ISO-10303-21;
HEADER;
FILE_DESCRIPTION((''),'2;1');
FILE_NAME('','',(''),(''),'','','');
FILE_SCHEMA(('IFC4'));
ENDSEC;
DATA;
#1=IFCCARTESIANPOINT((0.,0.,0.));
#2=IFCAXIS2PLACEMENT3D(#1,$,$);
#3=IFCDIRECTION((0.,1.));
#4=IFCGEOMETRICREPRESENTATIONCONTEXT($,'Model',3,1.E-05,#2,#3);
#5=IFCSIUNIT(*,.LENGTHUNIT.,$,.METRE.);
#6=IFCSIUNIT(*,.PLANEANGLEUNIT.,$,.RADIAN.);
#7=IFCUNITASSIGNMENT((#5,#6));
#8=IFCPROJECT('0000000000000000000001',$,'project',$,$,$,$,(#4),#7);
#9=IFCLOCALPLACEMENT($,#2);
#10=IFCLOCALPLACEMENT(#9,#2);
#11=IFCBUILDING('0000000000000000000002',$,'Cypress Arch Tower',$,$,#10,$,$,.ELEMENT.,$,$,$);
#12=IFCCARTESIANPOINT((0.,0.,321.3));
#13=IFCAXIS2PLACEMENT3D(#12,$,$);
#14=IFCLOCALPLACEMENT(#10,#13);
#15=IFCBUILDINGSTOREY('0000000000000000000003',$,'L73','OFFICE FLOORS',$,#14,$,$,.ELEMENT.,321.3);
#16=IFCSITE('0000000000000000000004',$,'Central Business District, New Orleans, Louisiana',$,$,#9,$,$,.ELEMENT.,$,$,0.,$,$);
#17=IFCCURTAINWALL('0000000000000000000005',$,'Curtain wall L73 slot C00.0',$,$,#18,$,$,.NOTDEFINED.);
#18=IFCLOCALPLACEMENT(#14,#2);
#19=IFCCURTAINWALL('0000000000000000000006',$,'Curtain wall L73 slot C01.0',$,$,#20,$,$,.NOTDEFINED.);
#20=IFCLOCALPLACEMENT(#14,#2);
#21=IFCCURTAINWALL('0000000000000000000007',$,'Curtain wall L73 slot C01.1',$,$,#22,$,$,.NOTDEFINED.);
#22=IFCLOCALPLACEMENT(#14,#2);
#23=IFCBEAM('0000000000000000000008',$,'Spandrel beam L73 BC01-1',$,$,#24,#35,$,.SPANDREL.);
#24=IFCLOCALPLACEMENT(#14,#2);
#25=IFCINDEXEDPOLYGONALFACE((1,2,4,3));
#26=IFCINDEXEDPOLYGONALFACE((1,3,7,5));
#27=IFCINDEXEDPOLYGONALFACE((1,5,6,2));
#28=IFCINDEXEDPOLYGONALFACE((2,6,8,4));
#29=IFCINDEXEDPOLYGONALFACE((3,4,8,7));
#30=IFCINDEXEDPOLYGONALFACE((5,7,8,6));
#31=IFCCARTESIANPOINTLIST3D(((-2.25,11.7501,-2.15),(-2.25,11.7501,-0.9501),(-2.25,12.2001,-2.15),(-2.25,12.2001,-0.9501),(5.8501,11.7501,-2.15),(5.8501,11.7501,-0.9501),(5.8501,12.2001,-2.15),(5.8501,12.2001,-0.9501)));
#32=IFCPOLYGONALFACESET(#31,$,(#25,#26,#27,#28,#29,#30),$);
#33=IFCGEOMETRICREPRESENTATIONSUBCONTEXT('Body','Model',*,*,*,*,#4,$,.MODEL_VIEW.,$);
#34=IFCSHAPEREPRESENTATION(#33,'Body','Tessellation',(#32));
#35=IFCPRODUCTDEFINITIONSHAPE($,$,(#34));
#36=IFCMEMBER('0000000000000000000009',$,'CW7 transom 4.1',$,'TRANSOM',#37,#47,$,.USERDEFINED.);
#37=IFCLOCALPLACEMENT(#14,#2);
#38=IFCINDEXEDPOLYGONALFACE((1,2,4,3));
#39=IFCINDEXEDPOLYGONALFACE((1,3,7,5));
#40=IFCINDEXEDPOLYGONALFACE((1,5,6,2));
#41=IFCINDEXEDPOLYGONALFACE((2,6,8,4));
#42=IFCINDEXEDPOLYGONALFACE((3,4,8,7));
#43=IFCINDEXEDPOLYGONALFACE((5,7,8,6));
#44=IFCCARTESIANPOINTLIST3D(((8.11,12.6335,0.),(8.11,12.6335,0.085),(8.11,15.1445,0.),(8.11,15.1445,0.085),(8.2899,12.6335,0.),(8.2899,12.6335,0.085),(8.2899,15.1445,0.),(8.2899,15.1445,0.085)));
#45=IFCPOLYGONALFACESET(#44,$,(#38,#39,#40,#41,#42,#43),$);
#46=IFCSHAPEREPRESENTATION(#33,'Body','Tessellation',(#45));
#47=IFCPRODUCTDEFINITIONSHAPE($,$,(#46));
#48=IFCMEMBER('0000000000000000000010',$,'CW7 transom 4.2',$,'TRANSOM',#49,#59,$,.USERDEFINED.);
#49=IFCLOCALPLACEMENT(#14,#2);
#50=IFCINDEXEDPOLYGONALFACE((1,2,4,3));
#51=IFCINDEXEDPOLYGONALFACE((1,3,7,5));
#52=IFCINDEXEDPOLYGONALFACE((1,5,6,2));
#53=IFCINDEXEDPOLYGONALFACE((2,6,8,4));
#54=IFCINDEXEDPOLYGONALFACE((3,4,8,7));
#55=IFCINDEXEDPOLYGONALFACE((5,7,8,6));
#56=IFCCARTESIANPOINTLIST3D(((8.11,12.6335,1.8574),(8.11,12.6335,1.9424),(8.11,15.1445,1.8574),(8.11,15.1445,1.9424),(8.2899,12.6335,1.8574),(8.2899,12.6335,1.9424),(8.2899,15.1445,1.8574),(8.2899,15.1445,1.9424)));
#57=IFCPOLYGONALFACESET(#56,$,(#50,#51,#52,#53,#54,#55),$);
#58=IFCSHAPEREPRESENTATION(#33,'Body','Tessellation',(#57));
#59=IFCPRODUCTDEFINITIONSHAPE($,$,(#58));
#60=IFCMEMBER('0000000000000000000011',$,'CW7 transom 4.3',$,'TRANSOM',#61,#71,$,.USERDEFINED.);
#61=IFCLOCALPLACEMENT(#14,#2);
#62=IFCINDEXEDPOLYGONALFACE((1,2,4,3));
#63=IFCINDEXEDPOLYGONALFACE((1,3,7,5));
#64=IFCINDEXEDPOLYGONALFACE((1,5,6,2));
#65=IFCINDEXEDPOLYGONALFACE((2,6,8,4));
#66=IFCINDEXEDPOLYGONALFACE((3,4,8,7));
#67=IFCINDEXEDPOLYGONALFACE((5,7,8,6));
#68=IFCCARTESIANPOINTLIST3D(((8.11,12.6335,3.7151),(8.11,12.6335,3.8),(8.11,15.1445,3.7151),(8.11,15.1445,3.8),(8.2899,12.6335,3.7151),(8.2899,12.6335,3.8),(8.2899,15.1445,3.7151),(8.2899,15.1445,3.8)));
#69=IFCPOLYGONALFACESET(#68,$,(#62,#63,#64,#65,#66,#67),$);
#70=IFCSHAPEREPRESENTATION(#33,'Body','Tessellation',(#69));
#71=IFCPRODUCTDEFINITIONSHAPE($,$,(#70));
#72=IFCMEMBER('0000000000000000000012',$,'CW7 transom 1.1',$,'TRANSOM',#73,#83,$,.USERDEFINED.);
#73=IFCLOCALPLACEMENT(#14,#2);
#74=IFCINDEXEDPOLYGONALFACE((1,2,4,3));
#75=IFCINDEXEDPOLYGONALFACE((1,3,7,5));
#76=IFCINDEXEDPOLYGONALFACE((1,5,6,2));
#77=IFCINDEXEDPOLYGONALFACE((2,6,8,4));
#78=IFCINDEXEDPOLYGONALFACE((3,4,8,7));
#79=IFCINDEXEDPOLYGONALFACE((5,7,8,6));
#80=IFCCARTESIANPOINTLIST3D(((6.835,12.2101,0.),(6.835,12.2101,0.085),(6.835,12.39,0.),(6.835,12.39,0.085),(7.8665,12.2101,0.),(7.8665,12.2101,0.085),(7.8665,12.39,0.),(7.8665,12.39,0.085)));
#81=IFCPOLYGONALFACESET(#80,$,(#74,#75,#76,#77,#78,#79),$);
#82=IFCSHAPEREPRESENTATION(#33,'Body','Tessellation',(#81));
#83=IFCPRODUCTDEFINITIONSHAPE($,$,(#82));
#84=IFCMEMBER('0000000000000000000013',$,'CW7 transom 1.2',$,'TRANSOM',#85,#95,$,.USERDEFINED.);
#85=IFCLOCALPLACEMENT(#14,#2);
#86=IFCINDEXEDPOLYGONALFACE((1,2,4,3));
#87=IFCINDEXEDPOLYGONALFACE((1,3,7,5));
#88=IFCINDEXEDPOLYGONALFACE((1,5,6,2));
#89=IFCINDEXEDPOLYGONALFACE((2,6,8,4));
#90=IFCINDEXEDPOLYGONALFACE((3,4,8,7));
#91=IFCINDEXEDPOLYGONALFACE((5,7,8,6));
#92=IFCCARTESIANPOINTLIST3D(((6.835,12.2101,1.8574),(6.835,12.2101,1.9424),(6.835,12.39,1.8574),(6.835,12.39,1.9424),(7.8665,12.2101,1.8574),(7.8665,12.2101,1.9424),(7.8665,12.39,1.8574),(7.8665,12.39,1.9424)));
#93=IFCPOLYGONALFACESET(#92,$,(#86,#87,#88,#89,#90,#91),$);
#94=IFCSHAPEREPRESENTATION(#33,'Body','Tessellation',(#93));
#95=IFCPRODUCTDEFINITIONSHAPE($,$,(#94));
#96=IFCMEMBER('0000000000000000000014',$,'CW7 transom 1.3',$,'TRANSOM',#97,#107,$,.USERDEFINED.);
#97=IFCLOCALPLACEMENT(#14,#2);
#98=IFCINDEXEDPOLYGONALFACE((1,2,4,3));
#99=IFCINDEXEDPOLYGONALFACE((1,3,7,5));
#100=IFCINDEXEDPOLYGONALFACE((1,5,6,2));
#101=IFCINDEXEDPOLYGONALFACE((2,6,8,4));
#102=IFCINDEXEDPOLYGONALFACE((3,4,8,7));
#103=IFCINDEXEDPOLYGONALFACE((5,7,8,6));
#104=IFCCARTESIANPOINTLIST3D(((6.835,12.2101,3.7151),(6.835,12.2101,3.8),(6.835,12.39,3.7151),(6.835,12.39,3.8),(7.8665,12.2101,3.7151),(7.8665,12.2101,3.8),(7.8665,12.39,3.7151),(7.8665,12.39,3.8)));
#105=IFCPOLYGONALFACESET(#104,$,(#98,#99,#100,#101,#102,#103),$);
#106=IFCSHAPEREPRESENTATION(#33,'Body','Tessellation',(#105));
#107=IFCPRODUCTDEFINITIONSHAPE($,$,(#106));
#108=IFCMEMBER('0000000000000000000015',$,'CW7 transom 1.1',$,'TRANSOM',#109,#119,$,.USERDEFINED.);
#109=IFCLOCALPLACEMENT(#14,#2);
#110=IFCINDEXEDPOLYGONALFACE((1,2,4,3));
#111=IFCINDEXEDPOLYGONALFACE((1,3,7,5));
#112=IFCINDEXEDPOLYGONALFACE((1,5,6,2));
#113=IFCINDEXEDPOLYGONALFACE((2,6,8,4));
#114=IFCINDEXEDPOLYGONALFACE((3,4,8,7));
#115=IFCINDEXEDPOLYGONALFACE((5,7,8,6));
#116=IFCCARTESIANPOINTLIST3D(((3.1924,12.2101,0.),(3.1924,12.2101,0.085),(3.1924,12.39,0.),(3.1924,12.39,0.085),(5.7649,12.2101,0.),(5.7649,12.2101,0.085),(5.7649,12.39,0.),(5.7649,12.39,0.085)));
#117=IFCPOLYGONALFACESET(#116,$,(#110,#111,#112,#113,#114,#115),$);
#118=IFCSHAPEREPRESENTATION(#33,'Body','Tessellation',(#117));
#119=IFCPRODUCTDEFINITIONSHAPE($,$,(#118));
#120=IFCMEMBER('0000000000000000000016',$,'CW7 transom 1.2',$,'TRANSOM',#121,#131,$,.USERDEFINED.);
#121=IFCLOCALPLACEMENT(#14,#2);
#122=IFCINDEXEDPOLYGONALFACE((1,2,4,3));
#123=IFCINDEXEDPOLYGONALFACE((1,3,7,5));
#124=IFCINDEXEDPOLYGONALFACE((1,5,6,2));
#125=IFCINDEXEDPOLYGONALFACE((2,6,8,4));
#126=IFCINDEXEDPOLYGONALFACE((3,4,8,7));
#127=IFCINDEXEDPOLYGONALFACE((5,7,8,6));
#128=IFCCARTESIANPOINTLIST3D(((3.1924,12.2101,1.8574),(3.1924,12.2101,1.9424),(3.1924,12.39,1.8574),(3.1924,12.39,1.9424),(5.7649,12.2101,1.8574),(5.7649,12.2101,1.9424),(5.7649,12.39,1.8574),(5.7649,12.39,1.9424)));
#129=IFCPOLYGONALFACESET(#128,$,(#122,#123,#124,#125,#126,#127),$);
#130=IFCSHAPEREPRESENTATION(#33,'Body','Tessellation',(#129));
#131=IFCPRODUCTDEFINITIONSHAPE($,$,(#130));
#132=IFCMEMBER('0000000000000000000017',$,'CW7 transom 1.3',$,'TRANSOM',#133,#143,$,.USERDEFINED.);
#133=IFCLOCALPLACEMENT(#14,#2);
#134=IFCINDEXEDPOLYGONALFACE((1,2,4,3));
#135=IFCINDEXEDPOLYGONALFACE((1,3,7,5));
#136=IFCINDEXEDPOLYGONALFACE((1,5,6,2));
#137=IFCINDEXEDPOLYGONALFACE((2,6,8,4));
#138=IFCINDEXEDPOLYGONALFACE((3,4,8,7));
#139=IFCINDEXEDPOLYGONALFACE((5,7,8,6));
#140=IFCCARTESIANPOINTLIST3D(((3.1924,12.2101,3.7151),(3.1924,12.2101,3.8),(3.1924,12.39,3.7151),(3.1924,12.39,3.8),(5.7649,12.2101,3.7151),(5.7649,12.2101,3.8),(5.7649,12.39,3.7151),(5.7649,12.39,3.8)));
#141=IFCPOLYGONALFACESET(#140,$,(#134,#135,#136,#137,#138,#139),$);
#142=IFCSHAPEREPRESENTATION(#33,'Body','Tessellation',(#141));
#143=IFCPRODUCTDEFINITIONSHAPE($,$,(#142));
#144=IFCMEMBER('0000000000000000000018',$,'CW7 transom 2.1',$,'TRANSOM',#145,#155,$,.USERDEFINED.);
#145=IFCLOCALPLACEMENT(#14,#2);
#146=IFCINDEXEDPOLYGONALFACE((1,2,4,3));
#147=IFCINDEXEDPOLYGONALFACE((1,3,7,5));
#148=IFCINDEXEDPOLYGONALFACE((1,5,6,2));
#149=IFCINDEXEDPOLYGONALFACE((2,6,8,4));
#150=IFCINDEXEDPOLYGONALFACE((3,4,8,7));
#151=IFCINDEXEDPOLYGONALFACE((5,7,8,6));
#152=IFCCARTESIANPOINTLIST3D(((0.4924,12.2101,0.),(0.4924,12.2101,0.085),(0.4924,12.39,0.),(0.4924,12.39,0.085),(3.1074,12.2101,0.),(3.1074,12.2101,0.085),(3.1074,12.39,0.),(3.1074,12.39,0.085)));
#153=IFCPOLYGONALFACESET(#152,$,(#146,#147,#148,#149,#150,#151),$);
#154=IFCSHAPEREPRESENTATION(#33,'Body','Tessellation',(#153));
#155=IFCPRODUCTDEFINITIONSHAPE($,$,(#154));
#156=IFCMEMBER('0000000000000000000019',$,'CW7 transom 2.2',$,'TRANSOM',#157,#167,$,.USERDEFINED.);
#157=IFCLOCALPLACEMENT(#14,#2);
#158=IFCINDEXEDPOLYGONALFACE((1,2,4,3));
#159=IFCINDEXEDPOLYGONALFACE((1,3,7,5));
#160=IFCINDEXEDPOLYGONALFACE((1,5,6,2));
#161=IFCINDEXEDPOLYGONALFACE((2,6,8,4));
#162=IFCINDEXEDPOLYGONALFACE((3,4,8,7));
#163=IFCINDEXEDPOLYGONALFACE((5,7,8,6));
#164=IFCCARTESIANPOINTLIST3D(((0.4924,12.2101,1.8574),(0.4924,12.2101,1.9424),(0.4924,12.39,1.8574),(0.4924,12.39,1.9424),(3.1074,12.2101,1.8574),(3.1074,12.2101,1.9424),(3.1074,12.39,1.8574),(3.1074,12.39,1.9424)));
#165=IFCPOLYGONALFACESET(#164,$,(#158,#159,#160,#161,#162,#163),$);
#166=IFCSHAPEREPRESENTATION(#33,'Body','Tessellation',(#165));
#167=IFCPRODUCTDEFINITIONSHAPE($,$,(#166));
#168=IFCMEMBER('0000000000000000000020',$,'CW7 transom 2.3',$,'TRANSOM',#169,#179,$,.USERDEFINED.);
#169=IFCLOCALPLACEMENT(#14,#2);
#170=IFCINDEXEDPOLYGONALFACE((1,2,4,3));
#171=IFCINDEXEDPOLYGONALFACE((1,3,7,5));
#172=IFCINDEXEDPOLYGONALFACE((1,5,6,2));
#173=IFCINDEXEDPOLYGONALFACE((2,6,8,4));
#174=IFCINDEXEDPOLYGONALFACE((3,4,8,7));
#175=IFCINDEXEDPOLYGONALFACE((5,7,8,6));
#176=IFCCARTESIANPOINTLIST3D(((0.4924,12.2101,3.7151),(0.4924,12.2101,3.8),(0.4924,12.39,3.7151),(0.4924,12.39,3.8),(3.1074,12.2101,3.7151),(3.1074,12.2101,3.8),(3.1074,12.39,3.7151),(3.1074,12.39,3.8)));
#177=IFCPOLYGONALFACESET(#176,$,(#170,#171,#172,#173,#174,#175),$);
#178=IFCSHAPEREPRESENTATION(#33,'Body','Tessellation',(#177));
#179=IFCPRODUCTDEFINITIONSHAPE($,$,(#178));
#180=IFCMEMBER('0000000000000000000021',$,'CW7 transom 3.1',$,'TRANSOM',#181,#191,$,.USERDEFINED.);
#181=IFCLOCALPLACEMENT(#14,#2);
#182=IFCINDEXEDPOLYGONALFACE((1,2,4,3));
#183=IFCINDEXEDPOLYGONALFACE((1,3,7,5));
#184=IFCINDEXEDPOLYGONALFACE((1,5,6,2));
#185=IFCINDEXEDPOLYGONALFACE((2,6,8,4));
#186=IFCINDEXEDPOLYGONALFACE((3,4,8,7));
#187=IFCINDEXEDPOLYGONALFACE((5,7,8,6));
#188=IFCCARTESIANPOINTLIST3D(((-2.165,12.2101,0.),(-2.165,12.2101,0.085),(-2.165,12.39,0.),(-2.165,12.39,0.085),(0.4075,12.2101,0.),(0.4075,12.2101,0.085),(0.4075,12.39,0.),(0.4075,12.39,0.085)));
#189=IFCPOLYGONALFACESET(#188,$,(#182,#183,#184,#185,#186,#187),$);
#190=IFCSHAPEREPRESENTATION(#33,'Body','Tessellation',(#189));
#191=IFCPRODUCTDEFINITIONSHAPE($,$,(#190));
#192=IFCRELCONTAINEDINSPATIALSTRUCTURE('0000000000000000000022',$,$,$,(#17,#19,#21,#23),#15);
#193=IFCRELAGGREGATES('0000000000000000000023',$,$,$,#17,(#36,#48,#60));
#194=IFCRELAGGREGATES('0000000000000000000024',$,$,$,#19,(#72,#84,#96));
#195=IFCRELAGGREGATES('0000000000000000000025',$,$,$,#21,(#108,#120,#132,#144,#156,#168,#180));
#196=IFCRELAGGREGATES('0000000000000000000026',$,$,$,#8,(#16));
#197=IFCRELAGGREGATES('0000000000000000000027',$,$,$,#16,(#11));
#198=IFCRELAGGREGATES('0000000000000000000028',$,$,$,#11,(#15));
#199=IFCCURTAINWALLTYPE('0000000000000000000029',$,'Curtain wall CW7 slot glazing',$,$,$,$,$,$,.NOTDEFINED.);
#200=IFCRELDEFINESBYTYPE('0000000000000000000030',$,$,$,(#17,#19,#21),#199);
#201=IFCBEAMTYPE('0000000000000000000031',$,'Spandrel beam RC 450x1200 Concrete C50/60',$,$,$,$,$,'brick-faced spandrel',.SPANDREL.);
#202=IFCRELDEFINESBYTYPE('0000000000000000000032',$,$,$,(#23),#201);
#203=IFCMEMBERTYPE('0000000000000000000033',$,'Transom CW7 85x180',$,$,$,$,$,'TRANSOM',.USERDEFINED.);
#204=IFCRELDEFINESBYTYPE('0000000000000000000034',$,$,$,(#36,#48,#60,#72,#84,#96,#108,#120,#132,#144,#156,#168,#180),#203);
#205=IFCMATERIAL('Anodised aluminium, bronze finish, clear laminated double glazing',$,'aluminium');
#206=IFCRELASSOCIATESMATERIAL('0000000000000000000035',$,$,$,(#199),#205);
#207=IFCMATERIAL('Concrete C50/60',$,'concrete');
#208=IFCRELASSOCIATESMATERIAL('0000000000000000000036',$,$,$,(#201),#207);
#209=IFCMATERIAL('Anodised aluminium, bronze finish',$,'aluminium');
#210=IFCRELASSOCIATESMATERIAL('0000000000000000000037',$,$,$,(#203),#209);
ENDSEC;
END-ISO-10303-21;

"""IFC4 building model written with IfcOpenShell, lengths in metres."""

from ifc_helpers import new_model, si_unit, direction, frame, origin, origin_2d, place, context, subcontext, project, spatial, rectangle, extrude, material, material_profile, profile_set, type_object, element, aggregate, save


model = new_model("IFC4")

# Units and contexts
model_context = context("Model", 3, precision=1e-05, world=origin(), true_north=direction((0.0, 1.0)))
body_context = subcontext(model_context, "Body", "Model", "MODEL_VIEW")
ifc_project = project(units=[si_unit("LENGTHUNIT", "METRE"), si_unit("PLANEANGLEUNIT", "RADIAN")], contexts=[model_context])

# Site, building, storey
site_placement = place(None, origin())
site = spatial("IfcSite", under=ifc_project, at=site_placement, Name="Central Business District, New Orleans, Louisiana", CompositionType="ELEMENT", RefElevation=0.0)
building_placement = place(site_placement, origin())
building = spatial("IfcBuilding", under=site, at=building_placement, Name="Cypress Arch Tower", CompositionType="ELEMENT")
storey_placement = place(building_placement, frame((0.0, 0.0, 321.3)))
storey = spatial("IfcBuildingStorey", under=building, at=storey_placement, Name="L73", Description="OFFICE FLOORS", CompositionType="ELEMENT", Elevation=321.3)

# Curtain walls
ifc_material_1 = material(Name="Anodised aluminium, bronze finish, clear laminated double glazing", Category="aluminium")
curtain_wall_type = type_object("IfcCurtainWallType", Name="Curtain wall CW7 slot glazing", PredefinedType="NOTDEFINED", material=ifc_material_1)
curtain_wall_1_placement = place(storey_placement, origin())
curtain_wall_1 = element("IfcCurtainWall", 1, at=curtain_wall_1_placement, inside=storey, type_object=curtain_wall_type, Name="Curtain wall L73 slot C00.0", PredefinedType="NOTDEFINED")
curtain_wall_2_placement = place(storey_placement, origin())
curtain_wall_2 = element("IfcCurtainWall", 2, at=curtain_wall_2_placement, inside=storey, type_object=curtain_wall_type, Name="Curtain wall L73 slot C01.0", PredefinedType="NOTDEFINED")
curtain_wall_3_placement = place(storey_placement, origin())
curtain_wall_3 = element("IfcCurtainWall", 3, at=curtain_wall_3_placement, inside=storey, type_object=curtain_wall_type, Name="Curtain wall L73 slot C01.1", PredefinedType="NOTDEFINED")

# Beam
ifc_material_2 = material(Name="Concrete C50/60", Category="concrete")
ifc_material_profile_1 = material_profile(ifc_material_2, rectangle(XDim=0.45, YDim=1.2, at=origin_2d()), Name="RC 450x1200")
ifc_profile_set_1 = profile_set([ifc_material_profile_1], Name="Concrete C50/60")
beam_type_1 = type_object("IfcBeamType", Name="Spandrel beam RC 450x1200 Concrete C50/60", ElementType="brick-faced spandrel", PredefinedType="SPANDREL", material=ifc_profile_set_1)
beam_1_placement = place(storey_placement, frame((5.8501, 11.9751, -1.55), z_axis=(-1.0, 0.0, 0.0), x_axis=(0.0, -1.0, 0.0)))
element("IfcBeam", 4, at=beam_1_placement, inside=storey, type_object=beam_type_1, Name="Spandrel beam L73 BC01-1", PredefinedType="SPANDREL", context=body_context, shape_type="SweptSolid", body=[
    extrude(rectangle(XDim=0.45, YDim=1.2, at=origin_2d()), origin(), (0.0, 0.0, 1.0), 8.1001),
])

# Members
ifc_material_3 = material(Name="Anodised aluminium, bronze finish", Category="aluminium")
ifc_material_profile_2 = material_profile(ifc_material_3, rectangle(XDim=0.1799, YDim=0.085, at=origin_2d()), Name="Transom 85x180")
ifc_profile_set_2 = profile_set([ifc_material_profile_2], Name="Anodised aluminium, bronze finish")
member_type_1 = type_object("IfcMemberType", Name="Transom CW7 85x180", ElementType="TRANSOM", PredefinedType="USERDEFINED", material=ifc_profile_set_2)
member_1_placement = place(storey_placement, frame((8.2, 15.1445, 0.0425), z_axis=(0.0, -1.0, 0.0), x_axis=(1.0, 0.0, 0.0)))
member_1 = element("IfcMember", 5, at=member_1_placement, type_object=member_type_1, Name="CW7 transom 4.1", ObjectType="TRANSOM", PredefinedType="USERDEFINED", context=body_context, shape_type="SweptSolid", body=[
    extrude(rectangle(XDim=0.1799, YDim=0.085, at=origin_2d()), origin(), (0.0, 0.0, 1.0), 2.511),
])
member_2_placement = place(storey_placement, frame((8.2, 15.1445, 1.8999), z_axis=(0.0, -1.0, 0.0), x_axis=(1.0, 0.0, 0.0)))
member_2 = element("IfcMember", 6, at=member_2_placement, type_object=member_type_1, Name="CW7 transom 4.2", ObjectType="TRANSOM", PredefinedType="USERDEFINED", context=body_context, shape_type="SweptSolid", body=[
    extrude(rectangle(XDim=0.1799, YDim=0.085, at=origin_2d()), origin(), (0.0, 0.0, 1.0), 2.511),
])
member_3_placement = place(storey_placement, frame((8.2, 15.1445, 3.7576), z_axis=(0.0, -1.0, 0.0), x_axis=(1.0, 0.0, 0.0)))
member_3 = element("IfcMember", 7, at=member_3_placement, type_object=member_type_1, Name="CW7 transom 4.3", ObjectType="TRANSOM", PredefinedType="USERDEFINED", context=body_context, shape_type="SweptSolid", body=[
    extrude(rectangle(XDim=0.1799, YDim=0.085, at=origin_2d()), origin(), (0.0, 0.0, 1.0), 2.511),
])
member_4_placement = place(storey_placement, frame((7.8665, 12.3, 0.0425), z_axis=(-1.0, 0.0, 0.0), x_axis=(0.0, -1.0, 0.0)))
member_4 = element("IfcMember", 8, at=member_4_placement, type_object=member_type_1, Name="CW7 transom 1.1", ObjectType="TRANSOM", PredefinedType="USERDEFINED", context=body_context, shape_type="SweptSolid", body=[
    extrude(rectangle(XDim=0.1799, YDim=0.085, at=origin_2d()), origin(), (0.0, 0.0, 1.0), 1.0315),
])
member_5_placement = place(storey_placement, frame((7.8665, 12.3, 1.8999), z_axis=(-1.0, 0.0, 0.0), x_axis=(0.0, -1.0, 0.0)))
member_5 = element("IfcMember", 9, at=member_5_placement, type_object=member_type_1, Name="CW7 transom 1.2", ObjectType="TRANSOM", PredefinedType="USERDEFINED", context=body_context, shape_type="SweptSolid", body=[
    extrude(rectangle(XDim=0.1799, YDim=0.085, at=origin_2d()), origin(), (0.0, 0.0, 1.0), 1.0315),
])
member_6_placement = place(storey_placement, frame((7.8665, 12.3, 3.7576), z_axis=(-1.0, 0.0, 0.0), x_axis=(0.0, -1.0, 0.0)))
member_6 = element("IfcMember", 10, at=member_6_placement, type_object=member_type_1, Name="CW7 transom 1.3", ObjectType="TRANSOM", PredefinedType="USERDEFINED", context=body_context, shape_type="SweptSolid", body=[
    extrude(rectangle(XDim=0.1799, YDim=0.085, at=origin_2d()), origin(), (0.0, 0.0, 1.0), 1.0315),
])
member_7_placement = place(storey_placement, frame((5.7649, 12.3, 0.0425), z_axis=(-1.0, 0.0, 0.0), x_axis=(0.0, -1.0, 0.0)))
member_7 = element("IfcMember", 11, at=member_7_placement, type_object=member_type_1, Name="CW7 transom 1.1", ObjectType="TRANSOM", PredefinedType="USERDEFINED", context=body_context, shape_type="SweptSolid", body=[
    extrude(rectangle(XDim=0.1799, YDim=0.085, at=origin_2d()), origin(), (0.0, 0.0, 1.0), 2.5725),
])
member_8_placement = place(storey_placement, frame((5.7649, 12.3, 1.8999), z_axis=(-1.0, 0.0, 0.0), x_axis=(0.0, -1.0, 0.0)))
member_8 = element("IfcMember", 12, at=member_8_placement, type_object=member_type_1, Name="CW7 transom 1.2", ObjectType="TRANSOM", PredefinedType="USERDEFINED", context=body_context, shape_type="SweptSolid", body=[
    extrude(rectangle(XDim=0.1799, YDim=0.085, at=origin_2d()), origin(), (0.0, 0.0, 1.0), 2.5725),
])
member_9_placement = place(storey_placement, frame((5.7649, 12.3, 3.7576), z_axis=(-1.0, 0.0, 0.0), x_axis=(0.0, -1.0, 0.0)))
member_9 = element("IfcMember", 13, at=member_9_placement, type_object=member_type_1, Name="CW7 transom 1.3", ObjectType="TRANSOM", PredefinedType="USERDEFINED", context=body_context, shape_type="SweptSolid", body=[
    extrude(rectangle(XDim=0.1799, YDim=0.085, at=origin_2d()), origin(), (0.0, 0.0, 1.0), 2.5725),
])
member_10_placement = place(storey_placement, frame((3.1074, 12.3, 0.0425), z_axis=(-1.0, 0.0, 0.0), x_axis=(0.0, -1.0, 0.0)))
member_10 = element("IfcMember", 14, at=member_10_placement, type_object=member_type_1, Name="CW7 transom 2.1", ObjectType="TRANSOM", PredefinedType="USERDEFINED", context=body_context, shape_type="SweptSolid", body=[
    extrude(rectangle(XDim=0.1799, YDim=0.085, at=origin_2d()), origin(), (0.0, 0.0, 1.0), 2.615),
])
member_11_placement = place(storey_placement, frame((3.1074, 12.3, 1.8999), z_axis=(-1.0, 0.0, 0.0), x_axis=(0.0, -1.0, 0.0)))
member_11 = element("IfcMember", 15, at=member_11_placement, type_object=member_type_1, Name="CW7 transom 2.2", ObjectType="TRANSOM", PredefinedType="USERDEFINED", context=body_context, shape_type="SweptSolid", body=[
    extrude(rectangle(XDim=0.1799, YDim=0.085, at=origin_2d()), origin(), (0.0, 0.0, 1.0), 2.615),
])
member_12_placement = place(storey_placement, frame((3.1074, 12.3, 3.7576), z_axis=(-1.0, 0.0, 0.0), x_axis=(0.0, -1.0, 0.0)))
member_12 = element("IfcMember", 16, at=member_12_placement, type_object=member_type_1, Name="CW7 transom 2.3", ObjectType="TRANSOM", PredefinedType="USERDEFINED", context=body_context, shape_type="SweptSolid", body=[
    extrude(rectangle(XDim=0.1799, YDim=0.085, at=origin_2d()), origin(), (0.0, 0.0, 1.0), 2.615),
])
member_13_placement = place(storey_placement, frame((0.4075, 12.3, 0.0425), z_axis=(-1.0, 0.0, 0.0), x_axis=(0.0, -1.0, 0.0)))
member_13 = element("IfcMember", 17, at=member_13_placement, type_object=member_type_1, Name="CW7 transom 3.1", ObjectType="TRANSOM", PredefinedType="USERDEFINED", context=body_context, shape_type="SweptSolid", body=[
    extrude(rectangle(XDim=0.1799, YDim=0.085, at=origin_2d()), origin(), (0.0, 0.0, 1.0), 2.5725),
])

aggregate(curtain_wall_1, [member_1, member_2, member_3])
aggregate(curtain_wall_2, [member_4, member_5, member_6])
aggregate(curtain_wall_3, [member_7, member_8, member_9, member_10, member_11, member_12, member_13])

save(model, "model.ifc")
